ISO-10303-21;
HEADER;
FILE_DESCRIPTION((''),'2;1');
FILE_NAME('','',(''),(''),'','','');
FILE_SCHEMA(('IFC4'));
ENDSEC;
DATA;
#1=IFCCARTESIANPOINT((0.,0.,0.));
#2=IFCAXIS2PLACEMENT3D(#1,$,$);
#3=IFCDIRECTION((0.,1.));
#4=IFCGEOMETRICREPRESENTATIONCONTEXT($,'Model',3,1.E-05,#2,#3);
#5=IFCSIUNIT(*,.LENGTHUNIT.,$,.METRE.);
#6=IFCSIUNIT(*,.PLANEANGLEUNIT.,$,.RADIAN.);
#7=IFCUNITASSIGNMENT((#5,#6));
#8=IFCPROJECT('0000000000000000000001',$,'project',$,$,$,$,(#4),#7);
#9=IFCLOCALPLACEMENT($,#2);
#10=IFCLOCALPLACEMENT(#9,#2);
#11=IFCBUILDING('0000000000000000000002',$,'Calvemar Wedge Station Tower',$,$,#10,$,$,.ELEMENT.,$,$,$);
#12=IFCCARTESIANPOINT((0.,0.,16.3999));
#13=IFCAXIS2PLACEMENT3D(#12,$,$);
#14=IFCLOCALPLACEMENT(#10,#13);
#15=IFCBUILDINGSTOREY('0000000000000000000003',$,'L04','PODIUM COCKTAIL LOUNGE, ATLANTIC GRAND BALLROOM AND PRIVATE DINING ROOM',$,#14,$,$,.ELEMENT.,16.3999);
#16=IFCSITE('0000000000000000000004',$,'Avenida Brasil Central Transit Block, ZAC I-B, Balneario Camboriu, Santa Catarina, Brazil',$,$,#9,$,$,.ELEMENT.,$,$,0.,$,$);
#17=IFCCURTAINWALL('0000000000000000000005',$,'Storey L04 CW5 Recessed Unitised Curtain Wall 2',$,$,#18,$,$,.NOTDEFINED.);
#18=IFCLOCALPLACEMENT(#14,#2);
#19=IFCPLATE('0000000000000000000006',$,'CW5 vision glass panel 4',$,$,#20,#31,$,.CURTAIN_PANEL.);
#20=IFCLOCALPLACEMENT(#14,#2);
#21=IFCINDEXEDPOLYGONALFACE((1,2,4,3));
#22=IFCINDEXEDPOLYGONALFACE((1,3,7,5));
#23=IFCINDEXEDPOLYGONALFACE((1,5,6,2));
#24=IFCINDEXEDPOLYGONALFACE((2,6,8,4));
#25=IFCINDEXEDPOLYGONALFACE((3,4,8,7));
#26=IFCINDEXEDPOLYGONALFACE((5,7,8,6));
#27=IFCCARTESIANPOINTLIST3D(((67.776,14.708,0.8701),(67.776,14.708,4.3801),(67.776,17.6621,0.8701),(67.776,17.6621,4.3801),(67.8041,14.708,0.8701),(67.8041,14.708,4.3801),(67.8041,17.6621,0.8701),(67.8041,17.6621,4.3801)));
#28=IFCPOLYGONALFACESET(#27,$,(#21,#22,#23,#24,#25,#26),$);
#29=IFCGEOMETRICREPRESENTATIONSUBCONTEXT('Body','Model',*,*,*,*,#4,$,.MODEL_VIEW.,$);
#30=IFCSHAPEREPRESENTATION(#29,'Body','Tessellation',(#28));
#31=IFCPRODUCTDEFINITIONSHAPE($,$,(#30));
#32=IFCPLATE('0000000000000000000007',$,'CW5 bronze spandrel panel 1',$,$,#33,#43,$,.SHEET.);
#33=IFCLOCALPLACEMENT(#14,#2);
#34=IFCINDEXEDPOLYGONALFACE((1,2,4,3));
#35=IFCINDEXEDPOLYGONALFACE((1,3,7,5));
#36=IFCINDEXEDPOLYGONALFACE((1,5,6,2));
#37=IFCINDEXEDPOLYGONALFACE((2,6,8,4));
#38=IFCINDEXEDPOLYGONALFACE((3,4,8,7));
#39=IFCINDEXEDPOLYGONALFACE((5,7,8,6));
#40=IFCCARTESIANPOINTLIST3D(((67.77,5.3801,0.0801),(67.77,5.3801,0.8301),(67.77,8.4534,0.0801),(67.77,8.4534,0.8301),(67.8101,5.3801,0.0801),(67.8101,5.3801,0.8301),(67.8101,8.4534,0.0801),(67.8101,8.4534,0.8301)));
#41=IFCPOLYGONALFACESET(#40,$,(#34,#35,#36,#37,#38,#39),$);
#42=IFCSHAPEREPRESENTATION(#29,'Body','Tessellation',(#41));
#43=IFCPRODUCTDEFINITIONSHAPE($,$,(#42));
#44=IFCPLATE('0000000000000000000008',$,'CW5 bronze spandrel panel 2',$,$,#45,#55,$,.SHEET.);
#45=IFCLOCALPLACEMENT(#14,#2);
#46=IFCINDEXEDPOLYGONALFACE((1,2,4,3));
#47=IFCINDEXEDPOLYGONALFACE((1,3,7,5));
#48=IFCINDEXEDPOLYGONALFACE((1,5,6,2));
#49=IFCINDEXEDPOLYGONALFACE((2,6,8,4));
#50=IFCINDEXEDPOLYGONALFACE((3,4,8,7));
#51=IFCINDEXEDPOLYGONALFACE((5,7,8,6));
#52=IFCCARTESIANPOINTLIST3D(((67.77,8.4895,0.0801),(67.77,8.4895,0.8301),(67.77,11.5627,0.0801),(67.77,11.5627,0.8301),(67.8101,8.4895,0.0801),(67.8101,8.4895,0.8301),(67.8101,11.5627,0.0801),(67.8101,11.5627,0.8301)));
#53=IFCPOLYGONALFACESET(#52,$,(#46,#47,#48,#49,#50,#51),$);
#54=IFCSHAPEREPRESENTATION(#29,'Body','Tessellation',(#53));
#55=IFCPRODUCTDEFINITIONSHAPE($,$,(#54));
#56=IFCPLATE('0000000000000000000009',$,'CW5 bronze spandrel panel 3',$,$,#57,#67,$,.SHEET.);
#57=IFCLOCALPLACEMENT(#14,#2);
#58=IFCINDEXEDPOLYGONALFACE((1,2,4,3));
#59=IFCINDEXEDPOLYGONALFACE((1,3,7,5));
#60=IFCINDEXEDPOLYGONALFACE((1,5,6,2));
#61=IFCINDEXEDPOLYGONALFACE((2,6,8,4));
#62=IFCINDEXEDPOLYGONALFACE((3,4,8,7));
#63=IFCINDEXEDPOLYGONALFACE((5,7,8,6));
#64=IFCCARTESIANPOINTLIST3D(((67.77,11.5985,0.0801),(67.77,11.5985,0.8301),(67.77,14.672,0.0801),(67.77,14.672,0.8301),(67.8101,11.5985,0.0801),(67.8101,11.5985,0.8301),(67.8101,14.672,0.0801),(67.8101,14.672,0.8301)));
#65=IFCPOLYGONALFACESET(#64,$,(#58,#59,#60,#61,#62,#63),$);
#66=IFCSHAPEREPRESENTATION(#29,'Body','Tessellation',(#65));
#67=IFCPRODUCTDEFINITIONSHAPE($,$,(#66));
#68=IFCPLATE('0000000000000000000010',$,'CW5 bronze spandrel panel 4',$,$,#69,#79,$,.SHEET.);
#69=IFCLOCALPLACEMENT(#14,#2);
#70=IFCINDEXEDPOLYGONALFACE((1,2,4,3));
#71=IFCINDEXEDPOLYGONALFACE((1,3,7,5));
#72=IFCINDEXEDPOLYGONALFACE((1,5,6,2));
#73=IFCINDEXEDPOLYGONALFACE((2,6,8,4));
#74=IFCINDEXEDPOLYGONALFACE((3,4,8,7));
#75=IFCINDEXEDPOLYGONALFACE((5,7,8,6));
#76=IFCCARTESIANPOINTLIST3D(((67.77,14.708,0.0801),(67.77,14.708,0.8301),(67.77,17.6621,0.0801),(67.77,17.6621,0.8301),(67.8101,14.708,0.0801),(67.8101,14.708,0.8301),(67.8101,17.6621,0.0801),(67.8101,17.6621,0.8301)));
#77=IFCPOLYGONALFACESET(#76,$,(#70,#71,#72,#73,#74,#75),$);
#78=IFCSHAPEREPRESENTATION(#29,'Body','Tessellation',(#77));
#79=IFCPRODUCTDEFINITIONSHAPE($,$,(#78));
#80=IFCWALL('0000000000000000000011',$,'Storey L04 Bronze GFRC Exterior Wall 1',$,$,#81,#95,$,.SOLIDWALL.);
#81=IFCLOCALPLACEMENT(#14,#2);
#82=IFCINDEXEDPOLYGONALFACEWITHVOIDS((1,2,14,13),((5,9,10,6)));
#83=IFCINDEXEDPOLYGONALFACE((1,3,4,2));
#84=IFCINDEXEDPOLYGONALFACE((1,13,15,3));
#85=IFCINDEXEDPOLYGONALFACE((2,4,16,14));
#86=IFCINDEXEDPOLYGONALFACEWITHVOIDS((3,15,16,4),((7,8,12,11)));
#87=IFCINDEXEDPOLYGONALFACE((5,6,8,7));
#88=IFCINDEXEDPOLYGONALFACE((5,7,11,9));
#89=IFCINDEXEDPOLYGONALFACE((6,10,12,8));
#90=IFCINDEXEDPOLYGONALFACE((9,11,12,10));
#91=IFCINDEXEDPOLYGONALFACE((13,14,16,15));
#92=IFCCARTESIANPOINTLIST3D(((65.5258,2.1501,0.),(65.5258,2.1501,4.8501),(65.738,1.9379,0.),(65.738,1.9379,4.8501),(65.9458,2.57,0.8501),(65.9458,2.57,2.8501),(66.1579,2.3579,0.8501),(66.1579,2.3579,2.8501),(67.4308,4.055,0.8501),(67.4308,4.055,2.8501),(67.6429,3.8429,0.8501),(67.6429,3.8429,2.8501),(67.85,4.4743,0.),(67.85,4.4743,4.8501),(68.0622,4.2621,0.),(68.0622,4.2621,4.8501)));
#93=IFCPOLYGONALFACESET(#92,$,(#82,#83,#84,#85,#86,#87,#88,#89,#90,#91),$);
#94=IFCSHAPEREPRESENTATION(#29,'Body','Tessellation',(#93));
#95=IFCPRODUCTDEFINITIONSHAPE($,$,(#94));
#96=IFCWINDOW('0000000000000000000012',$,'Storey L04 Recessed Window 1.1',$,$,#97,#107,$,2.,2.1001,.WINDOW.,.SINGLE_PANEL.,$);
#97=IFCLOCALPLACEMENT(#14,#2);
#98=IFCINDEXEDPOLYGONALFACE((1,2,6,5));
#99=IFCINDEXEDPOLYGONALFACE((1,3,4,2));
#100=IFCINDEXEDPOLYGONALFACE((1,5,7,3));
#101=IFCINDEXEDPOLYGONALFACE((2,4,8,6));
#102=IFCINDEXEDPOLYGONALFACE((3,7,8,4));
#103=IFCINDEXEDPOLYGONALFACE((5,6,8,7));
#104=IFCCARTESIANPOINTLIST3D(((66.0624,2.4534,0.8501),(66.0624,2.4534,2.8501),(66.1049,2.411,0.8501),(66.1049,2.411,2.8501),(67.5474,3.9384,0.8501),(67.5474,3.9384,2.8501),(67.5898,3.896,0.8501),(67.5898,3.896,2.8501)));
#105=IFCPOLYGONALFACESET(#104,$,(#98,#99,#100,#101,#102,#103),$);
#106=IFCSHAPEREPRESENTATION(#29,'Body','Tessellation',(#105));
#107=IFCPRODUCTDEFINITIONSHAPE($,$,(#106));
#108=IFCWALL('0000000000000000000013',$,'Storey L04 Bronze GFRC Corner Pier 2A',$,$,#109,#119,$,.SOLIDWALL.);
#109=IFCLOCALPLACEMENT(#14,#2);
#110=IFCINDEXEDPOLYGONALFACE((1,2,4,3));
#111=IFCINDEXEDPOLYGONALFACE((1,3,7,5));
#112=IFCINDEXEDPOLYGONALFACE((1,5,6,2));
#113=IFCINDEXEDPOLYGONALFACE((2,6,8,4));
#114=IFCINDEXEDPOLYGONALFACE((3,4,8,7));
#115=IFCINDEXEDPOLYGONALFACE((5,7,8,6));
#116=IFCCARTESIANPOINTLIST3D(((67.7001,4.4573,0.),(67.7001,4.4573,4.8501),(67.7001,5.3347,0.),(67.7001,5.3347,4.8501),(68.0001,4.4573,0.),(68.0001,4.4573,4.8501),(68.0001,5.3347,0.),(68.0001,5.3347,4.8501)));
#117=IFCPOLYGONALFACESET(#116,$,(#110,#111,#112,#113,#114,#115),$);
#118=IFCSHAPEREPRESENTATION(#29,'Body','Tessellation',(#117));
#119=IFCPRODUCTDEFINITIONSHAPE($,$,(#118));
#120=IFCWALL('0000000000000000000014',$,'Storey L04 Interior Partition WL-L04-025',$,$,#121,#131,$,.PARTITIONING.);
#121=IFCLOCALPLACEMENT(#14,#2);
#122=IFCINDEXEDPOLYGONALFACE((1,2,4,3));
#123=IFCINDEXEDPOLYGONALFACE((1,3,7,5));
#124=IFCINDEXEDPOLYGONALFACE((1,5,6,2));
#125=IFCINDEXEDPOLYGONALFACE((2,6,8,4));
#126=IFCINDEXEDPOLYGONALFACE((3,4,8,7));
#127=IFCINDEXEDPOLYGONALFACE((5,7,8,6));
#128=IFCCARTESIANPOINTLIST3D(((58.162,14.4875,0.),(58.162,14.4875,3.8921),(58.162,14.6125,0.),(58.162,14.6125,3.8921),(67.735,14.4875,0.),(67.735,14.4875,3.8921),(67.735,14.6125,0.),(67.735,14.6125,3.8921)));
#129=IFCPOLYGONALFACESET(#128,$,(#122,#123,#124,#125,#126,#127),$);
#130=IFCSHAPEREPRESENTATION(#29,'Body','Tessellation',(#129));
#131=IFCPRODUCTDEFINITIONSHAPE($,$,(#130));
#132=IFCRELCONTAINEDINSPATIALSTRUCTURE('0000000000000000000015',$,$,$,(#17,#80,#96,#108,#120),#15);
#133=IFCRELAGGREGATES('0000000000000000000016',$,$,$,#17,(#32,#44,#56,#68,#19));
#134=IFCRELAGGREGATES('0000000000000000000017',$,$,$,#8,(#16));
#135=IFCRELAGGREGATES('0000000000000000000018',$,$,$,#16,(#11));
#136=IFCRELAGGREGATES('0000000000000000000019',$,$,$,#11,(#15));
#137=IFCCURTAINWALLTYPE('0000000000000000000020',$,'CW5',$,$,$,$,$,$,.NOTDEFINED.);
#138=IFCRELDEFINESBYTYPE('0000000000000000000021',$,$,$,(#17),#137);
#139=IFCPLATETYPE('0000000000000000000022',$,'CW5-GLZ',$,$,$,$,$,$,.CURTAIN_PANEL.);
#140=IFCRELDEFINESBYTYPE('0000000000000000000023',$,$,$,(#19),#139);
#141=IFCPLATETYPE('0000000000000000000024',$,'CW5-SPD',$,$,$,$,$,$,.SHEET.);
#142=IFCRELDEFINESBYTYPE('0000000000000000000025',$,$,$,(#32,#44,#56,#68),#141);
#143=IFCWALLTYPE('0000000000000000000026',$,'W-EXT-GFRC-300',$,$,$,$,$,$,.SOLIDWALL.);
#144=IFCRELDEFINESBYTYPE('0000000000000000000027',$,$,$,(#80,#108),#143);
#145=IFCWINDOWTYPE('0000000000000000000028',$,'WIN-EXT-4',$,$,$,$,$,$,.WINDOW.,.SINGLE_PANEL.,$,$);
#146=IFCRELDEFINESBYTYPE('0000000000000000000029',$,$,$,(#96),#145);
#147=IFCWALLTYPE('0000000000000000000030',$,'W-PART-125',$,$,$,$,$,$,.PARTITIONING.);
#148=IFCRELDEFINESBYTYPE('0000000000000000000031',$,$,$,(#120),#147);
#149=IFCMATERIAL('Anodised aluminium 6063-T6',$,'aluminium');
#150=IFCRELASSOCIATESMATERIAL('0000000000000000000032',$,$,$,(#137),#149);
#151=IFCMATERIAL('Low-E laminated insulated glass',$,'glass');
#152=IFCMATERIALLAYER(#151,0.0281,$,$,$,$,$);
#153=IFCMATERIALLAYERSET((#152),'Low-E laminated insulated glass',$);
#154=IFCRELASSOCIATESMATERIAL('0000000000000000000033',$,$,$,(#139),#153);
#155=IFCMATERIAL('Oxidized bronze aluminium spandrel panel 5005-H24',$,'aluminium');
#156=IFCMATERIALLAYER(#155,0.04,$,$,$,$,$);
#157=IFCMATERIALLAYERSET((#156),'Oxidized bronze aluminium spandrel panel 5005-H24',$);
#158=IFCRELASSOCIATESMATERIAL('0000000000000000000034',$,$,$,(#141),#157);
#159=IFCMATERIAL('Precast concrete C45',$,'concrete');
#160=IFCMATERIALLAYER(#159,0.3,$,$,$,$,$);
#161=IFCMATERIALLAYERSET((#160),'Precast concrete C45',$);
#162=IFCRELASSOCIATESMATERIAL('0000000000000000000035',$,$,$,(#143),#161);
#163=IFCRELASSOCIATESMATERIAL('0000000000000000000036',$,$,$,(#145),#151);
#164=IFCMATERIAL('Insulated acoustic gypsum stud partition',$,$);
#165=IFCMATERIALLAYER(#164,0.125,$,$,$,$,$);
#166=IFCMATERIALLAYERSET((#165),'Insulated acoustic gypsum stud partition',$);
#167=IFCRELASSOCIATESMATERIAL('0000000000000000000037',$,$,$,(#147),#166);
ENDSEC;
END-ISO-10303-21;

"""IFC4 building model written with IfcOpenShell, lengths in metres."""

from ifc_helpers import new_model, si_unit, direction, frame, frame_2d, origin, place, context, subcontext, project, spatial, rectangle, extrude, source, transform, mapped, material, layer, layer_set, type_object, element, fill, aggregate, save


model = new_model("IFC4")

# Units and contexts
model_context = context("Model", 3, precision=1e-05, world=origin(), true_north=direction((0.0, 1.0)))
body_context = subcontext(model_context, "Body", "Model", "MODEL_VIEW")
ifc_project = project(units=[si_unit("LENGTHUNIT", "METRE"), si_unit("PLANEANGLEUNIT", "RADIAN")], contexts=[model_context])

# Site, building, storey
site_placement = place(None, origin())
site = spatial("IfcSite", under=ifc_project, at=site_placement, Name="Avenida Brasil Central Transit Block, ZAC I-B, Balneario Camboriu, Santa Catarina, Brazil", CompositionType="ELEMENT", RefElevation=0.0)
building_placement = place(site_placement, origin())
building = spatial("IfcBuilding", under=site, at=building_placement, Name="Calvemar Wedge Station Tower", CompositionType="ELEMENT")
storey_placement = place(building_placement, frame((0.0, 0.0, 16.3999)))
storey = spatial("IfcBuildingStorey", under=building, at=storey_placement, Name="L04", Description="PODIUM COCKTAIL LOUNGE, ATLANTIC GRAND BALLROOM AND PRIVATE DINING ROOM", CompositionType="ELEMENT", Elevation=16.3999)

# Curtain wall, plates
ifc_material_1 = material(Name="Anodised aluminium 6063-T6", Category="aluminium")
curtain_wall_type = type_object("IfcCurtainWallType", Name="CW5", PredefinedType="NOTDEFINED", material=ifc_material_1)
curtain_wall_placement = place(storey_placement, origin())
curtain_wall = element("IfcCurtainWall", 1, at=curtain_wall_placement, inside=storey, type_object=curtain_wall_type, Name="Storey L04 CW5 Recessed Unitised Curtain Wall 2", PredefinedType="NOTDEFINED")
ifc_material_2 = material(Name="Low-E laminated insulated glass", Category="glass")
ifc_layer_1 = layer(ifc_material_2, 0.0281)
ifc_layer_set_1 = layer_set([ifc_layer_1], Name="Low-E laminated insulated glass")
plate_type_1 = type_object("IfcPlateType", Name="CW5-GLZ", PredefinedType="CURTAIN_PANEL", material=ifc_layer_set_1)
plate_1_placement = place(storey_placement, frame((67.79, 14.708, 0.8701), z_axis=(0.0, 0.0, 1.0), x_axis=(0.0, 1.0, 0.0)))
plate_1 = element("IfcPlate", 2, at=plate_1_placement, type_object=plate_type_1, Name="CW5 vision glass panel 4", PredefinedType="CURTAIN_PANEL", context=body_context, shape_type="SweptSolid", body=[
    extrude(rectangle(XDim=2.9541, YDim=0.0281, at=frame_2d((1.4771, 0.0))), origin(), (0.0, 0.0, 1.0), 3.51),
])
ifc_material_3 = material(Name="Oxidized bronze aluminium spandrel panel 5005-H24", Category="aluminium")
ifc_layer_2 = layer(ifc_material_3, 0.04)
ifc_layer_set_2 = layer_set([ifc_layer_2], Name="Oxidized bronze aluminium spandrel panel 5005-H24")
plate_type_2 = type_object("IfcPlateType", Name="CW5-SPD", PredefinedType="SHEET", material=ifc_layer_set_2)
plate_2_placement = place(storey_placement, frame((67.79, 5.3801, 0.0801), z_axis=(0.0, 0.0, 1.0), x_axis=(0.0, 1.0, 0.0)))
plate_2 = element("IfcPlate", 3, at=plate_2_placement, type_object=plate_type_2, Name="CW5 bronze spandrel panel 1", PredefinedType="SHEET", context=body_context, shape_type="SweptSolid", body=[
    extrude(rectangle(XDim=3.0732, YDim=0.04, at=frame_2d((1.5366, 0.0))), origin(), (0.0, 0.0, 1.0), 0.75),
])
plate_3_placement = place(storey_placement, frame((67.79, 8.4895, 0.0801), z_axis=(0.0, 0.0, 1.0), x_axis=(0.0, 1.0, 0.0)))
plate_3 = element("IfcPlate", 4, at=plate_3_placement, type_object=plate_type_2, Name="CW5 bronze spandrel panel 2", PredefinedType="SHEET", context=body_context, shape_type="SweptSolid", body=[
    extrude(rectangle(XDim=3.0732, YDim=0.04, at=frame_2d((1.5366, 0.0))), origin(), (0.0, 0.0, 1.0), 0.75),
])
plate_4_placement = place(storey_placement, frame((67.79, 11.5986, 0.0801), z_axis=(0.0, 0.0, 1.0), x_axis=(0.0, 1.0, 0.0)))
plate_4 = element("IfcPlate", 5, at=plate_4_placement, type_object=plate_type_2, Name="CW5 bronze spandrel panel 3", PredefinedType="SHEET", context=body_context, shape_type="SweptSolid", body=[
    extrude(rectangle(XDim=3.0735, YDim=0.04, at=frame_2d((1.5366, 0.0))), origin(), (0.0, 0.0, 1.0), 0.75),
])
plate_5_placement = place(storey_placement, frame((67.79, 14.708, 0.0801), z_axis=(0.0, 0.0, 1.0), x_axis=(0.0, 1.0, 0.0)))
plate_5 = element("IfcPlate", 6, at=plate_5_placement, type_object=plate_type_2, Name="CW5 bronze spandrel panel 4", PredefinedType="SHEET", context=body_context, shape_type="SweptSolid", body=[
    extrude(rectangle(XDim=2.9541, YDim=0.04, at=frame_2d((1.4771, 0.0))), origin(), (0.0, 0.0, 1.0), 0.75),
])
aggregate(curtain_wall, [plate_2, plate_3, plate_4, plate_5, plate_1])

# Wall, opening, window
ifc_material_4 = material(Name="Precast concrete C45", Category="concrete")
ifc_layer_3 = layer(ifc_material_4, 0.3)
ifc_layer_set_3 = layer_set([ifc_layer_3], Name="Precast concrete C45")
wall_type_1 = type_object("IfcWallType", Name="W-EXT-GFRC-300", PredefinedType="SOLIDWALL", material=ifc_layer_set_3)
wall_1_placement = place(storey_placement, frame((65.6318, 2.0439, 0.0), z_axis=(0.0, 0.0, 1.0), x_axis=(0.707107, 0.707107, 0.0)))
wall_1 = element("IfcWall", 7, at=wall_1_placement, inside=storey, type_object=wall_type_1, Name="Storey L04 Bronze GFRC Exterior Wall 1", PredefinedType="SOLIDWALL", context=body_context, shape_type="SweptSolid", body=[
    extrude(rectangle(XDim=3.2869, YDim=0.3, at=frame_2d((1.6436, 0.0))), origin(), (0.0, 0.0, 1.0), 4.8501),
])
shared_shape_1 = source(origin(), body_context, "Body", "SweptSolid", [
    extrude(rectangle(XDim=2.1001, YDim=2.0, at=frame_2d((1.05, 1.0))), frame((0.0, 0.1602, 0.0), z_axis=(0.0, -1.0, 0.0), x_axis=(1.0, 0.0, 0.0)), (0.0, 0.0, 1.0), 0.3201),
])
opening_placement = place(wall_1_placement, frame((0.594, 0.0, 0.8501)))
opening = element("IfcOpeningElement", 8, at=opening_placement, cuts=wall_1, PredefinedType="OPENING", context=body_context, shape_type="MappedRepresentation", body=[
    mapped(shared_shape_1, transform((0.0, 0.0, 0.0), scale=1.0)),
])
window_type = type_object("IfcWindowType", Name="WIN-EXT-4", PartitioningType="SINGLE_PANEL", PredefinedType="WINDOW", material=ifc_material_2)
shared_shape_2 = source(origin(), body_context, "Body", "SweptSolid", [
    extrude(rectangle(XDim=2.1001, YDim=2.0, at=frame_2d((1.05, 1.0))), frame((0.0, -0.0149, 0.0), z_axis=(0.0, -1.0, 0.0), x_axis=(1.0, 0.0, 0.0)), (0.0, 0.0, 1.0), 0.0601),
])
window_placement = place(opening_placement, origin())
window = element("IfcWindow", 9, at=window_placement, inside=storey, type_object=window_type, Name="Storey L04 Recessed Window 1.1", OverallHeight=2.0, OverallWidth=2.1001, PartitioningType="SINGLE_PANEL", PredefinedType="WINDOW", context=body_context, shape_type="MappedRepresentation", body=[
    mapped(shared_shape_2, transform((0.0, 0.0, 0.0), scale=1.0)),
])
fill(opening, window)

# Walls
wall_2_placement = place(storey_placement, frame((67.8501, 4.4573, 0.0), z_axis=(0.0, 0.0, 1.0), x_axis=(0.0, 1.0, 0.0)))
element("IfcWall", 10, at=wall_2_placement, inside=storey, type_object=wall_type_1, Name="Storey L04 Bronze GFRC Corner Pier 2A", PredefinedType="SOLIDWALL", context=body_context, shape_type="SweptSolid", body=[
    extrude(rectangle(XDim=0.8774, YDim=0.3, at=frame_2d((0.4387, 0.0))), origin(), (0.0, 0.0, 1.0), 4.8501),
])
ifc_material_5 = material(Name="Insulated acoustic gypsum stud partition")
ifc_layer_4 = layer(ifc_material_5, 0.125)
ifc_layer_set_4 = layer_set([ifc_layer_4], Name="Insulated acoustic gypsum stud partition")
wall_type_2 = type_object("IfcWallType", Name="W-PART-125", PredefinedType="PARTITIONING", material=ifc_layer_set_4)
wall_3_placement = place(storey_placement, frame((67.7351, 14.55, 0.0), z_axis=(0.0, 0.0, 1.0), x_axis=(-1.0, 0.0, 0.0)))
element("IfcWall", 11, at=wall_3_placement, inside=storey, type_object=wall_type_2, Name="Storey L04 Interior Partition WL-L04-025", PredefinedType="PARTITIONING", context=body_context, shape_type="SweptSolid", body=[
    extrude(rectangle(XDim=9.573, YDim=0.125, at=frame_2d((4.7866, 0.0))), origin(), (0.0, 0.0, 1.0), 3.8921),
])

save(model, "model.ifc")
